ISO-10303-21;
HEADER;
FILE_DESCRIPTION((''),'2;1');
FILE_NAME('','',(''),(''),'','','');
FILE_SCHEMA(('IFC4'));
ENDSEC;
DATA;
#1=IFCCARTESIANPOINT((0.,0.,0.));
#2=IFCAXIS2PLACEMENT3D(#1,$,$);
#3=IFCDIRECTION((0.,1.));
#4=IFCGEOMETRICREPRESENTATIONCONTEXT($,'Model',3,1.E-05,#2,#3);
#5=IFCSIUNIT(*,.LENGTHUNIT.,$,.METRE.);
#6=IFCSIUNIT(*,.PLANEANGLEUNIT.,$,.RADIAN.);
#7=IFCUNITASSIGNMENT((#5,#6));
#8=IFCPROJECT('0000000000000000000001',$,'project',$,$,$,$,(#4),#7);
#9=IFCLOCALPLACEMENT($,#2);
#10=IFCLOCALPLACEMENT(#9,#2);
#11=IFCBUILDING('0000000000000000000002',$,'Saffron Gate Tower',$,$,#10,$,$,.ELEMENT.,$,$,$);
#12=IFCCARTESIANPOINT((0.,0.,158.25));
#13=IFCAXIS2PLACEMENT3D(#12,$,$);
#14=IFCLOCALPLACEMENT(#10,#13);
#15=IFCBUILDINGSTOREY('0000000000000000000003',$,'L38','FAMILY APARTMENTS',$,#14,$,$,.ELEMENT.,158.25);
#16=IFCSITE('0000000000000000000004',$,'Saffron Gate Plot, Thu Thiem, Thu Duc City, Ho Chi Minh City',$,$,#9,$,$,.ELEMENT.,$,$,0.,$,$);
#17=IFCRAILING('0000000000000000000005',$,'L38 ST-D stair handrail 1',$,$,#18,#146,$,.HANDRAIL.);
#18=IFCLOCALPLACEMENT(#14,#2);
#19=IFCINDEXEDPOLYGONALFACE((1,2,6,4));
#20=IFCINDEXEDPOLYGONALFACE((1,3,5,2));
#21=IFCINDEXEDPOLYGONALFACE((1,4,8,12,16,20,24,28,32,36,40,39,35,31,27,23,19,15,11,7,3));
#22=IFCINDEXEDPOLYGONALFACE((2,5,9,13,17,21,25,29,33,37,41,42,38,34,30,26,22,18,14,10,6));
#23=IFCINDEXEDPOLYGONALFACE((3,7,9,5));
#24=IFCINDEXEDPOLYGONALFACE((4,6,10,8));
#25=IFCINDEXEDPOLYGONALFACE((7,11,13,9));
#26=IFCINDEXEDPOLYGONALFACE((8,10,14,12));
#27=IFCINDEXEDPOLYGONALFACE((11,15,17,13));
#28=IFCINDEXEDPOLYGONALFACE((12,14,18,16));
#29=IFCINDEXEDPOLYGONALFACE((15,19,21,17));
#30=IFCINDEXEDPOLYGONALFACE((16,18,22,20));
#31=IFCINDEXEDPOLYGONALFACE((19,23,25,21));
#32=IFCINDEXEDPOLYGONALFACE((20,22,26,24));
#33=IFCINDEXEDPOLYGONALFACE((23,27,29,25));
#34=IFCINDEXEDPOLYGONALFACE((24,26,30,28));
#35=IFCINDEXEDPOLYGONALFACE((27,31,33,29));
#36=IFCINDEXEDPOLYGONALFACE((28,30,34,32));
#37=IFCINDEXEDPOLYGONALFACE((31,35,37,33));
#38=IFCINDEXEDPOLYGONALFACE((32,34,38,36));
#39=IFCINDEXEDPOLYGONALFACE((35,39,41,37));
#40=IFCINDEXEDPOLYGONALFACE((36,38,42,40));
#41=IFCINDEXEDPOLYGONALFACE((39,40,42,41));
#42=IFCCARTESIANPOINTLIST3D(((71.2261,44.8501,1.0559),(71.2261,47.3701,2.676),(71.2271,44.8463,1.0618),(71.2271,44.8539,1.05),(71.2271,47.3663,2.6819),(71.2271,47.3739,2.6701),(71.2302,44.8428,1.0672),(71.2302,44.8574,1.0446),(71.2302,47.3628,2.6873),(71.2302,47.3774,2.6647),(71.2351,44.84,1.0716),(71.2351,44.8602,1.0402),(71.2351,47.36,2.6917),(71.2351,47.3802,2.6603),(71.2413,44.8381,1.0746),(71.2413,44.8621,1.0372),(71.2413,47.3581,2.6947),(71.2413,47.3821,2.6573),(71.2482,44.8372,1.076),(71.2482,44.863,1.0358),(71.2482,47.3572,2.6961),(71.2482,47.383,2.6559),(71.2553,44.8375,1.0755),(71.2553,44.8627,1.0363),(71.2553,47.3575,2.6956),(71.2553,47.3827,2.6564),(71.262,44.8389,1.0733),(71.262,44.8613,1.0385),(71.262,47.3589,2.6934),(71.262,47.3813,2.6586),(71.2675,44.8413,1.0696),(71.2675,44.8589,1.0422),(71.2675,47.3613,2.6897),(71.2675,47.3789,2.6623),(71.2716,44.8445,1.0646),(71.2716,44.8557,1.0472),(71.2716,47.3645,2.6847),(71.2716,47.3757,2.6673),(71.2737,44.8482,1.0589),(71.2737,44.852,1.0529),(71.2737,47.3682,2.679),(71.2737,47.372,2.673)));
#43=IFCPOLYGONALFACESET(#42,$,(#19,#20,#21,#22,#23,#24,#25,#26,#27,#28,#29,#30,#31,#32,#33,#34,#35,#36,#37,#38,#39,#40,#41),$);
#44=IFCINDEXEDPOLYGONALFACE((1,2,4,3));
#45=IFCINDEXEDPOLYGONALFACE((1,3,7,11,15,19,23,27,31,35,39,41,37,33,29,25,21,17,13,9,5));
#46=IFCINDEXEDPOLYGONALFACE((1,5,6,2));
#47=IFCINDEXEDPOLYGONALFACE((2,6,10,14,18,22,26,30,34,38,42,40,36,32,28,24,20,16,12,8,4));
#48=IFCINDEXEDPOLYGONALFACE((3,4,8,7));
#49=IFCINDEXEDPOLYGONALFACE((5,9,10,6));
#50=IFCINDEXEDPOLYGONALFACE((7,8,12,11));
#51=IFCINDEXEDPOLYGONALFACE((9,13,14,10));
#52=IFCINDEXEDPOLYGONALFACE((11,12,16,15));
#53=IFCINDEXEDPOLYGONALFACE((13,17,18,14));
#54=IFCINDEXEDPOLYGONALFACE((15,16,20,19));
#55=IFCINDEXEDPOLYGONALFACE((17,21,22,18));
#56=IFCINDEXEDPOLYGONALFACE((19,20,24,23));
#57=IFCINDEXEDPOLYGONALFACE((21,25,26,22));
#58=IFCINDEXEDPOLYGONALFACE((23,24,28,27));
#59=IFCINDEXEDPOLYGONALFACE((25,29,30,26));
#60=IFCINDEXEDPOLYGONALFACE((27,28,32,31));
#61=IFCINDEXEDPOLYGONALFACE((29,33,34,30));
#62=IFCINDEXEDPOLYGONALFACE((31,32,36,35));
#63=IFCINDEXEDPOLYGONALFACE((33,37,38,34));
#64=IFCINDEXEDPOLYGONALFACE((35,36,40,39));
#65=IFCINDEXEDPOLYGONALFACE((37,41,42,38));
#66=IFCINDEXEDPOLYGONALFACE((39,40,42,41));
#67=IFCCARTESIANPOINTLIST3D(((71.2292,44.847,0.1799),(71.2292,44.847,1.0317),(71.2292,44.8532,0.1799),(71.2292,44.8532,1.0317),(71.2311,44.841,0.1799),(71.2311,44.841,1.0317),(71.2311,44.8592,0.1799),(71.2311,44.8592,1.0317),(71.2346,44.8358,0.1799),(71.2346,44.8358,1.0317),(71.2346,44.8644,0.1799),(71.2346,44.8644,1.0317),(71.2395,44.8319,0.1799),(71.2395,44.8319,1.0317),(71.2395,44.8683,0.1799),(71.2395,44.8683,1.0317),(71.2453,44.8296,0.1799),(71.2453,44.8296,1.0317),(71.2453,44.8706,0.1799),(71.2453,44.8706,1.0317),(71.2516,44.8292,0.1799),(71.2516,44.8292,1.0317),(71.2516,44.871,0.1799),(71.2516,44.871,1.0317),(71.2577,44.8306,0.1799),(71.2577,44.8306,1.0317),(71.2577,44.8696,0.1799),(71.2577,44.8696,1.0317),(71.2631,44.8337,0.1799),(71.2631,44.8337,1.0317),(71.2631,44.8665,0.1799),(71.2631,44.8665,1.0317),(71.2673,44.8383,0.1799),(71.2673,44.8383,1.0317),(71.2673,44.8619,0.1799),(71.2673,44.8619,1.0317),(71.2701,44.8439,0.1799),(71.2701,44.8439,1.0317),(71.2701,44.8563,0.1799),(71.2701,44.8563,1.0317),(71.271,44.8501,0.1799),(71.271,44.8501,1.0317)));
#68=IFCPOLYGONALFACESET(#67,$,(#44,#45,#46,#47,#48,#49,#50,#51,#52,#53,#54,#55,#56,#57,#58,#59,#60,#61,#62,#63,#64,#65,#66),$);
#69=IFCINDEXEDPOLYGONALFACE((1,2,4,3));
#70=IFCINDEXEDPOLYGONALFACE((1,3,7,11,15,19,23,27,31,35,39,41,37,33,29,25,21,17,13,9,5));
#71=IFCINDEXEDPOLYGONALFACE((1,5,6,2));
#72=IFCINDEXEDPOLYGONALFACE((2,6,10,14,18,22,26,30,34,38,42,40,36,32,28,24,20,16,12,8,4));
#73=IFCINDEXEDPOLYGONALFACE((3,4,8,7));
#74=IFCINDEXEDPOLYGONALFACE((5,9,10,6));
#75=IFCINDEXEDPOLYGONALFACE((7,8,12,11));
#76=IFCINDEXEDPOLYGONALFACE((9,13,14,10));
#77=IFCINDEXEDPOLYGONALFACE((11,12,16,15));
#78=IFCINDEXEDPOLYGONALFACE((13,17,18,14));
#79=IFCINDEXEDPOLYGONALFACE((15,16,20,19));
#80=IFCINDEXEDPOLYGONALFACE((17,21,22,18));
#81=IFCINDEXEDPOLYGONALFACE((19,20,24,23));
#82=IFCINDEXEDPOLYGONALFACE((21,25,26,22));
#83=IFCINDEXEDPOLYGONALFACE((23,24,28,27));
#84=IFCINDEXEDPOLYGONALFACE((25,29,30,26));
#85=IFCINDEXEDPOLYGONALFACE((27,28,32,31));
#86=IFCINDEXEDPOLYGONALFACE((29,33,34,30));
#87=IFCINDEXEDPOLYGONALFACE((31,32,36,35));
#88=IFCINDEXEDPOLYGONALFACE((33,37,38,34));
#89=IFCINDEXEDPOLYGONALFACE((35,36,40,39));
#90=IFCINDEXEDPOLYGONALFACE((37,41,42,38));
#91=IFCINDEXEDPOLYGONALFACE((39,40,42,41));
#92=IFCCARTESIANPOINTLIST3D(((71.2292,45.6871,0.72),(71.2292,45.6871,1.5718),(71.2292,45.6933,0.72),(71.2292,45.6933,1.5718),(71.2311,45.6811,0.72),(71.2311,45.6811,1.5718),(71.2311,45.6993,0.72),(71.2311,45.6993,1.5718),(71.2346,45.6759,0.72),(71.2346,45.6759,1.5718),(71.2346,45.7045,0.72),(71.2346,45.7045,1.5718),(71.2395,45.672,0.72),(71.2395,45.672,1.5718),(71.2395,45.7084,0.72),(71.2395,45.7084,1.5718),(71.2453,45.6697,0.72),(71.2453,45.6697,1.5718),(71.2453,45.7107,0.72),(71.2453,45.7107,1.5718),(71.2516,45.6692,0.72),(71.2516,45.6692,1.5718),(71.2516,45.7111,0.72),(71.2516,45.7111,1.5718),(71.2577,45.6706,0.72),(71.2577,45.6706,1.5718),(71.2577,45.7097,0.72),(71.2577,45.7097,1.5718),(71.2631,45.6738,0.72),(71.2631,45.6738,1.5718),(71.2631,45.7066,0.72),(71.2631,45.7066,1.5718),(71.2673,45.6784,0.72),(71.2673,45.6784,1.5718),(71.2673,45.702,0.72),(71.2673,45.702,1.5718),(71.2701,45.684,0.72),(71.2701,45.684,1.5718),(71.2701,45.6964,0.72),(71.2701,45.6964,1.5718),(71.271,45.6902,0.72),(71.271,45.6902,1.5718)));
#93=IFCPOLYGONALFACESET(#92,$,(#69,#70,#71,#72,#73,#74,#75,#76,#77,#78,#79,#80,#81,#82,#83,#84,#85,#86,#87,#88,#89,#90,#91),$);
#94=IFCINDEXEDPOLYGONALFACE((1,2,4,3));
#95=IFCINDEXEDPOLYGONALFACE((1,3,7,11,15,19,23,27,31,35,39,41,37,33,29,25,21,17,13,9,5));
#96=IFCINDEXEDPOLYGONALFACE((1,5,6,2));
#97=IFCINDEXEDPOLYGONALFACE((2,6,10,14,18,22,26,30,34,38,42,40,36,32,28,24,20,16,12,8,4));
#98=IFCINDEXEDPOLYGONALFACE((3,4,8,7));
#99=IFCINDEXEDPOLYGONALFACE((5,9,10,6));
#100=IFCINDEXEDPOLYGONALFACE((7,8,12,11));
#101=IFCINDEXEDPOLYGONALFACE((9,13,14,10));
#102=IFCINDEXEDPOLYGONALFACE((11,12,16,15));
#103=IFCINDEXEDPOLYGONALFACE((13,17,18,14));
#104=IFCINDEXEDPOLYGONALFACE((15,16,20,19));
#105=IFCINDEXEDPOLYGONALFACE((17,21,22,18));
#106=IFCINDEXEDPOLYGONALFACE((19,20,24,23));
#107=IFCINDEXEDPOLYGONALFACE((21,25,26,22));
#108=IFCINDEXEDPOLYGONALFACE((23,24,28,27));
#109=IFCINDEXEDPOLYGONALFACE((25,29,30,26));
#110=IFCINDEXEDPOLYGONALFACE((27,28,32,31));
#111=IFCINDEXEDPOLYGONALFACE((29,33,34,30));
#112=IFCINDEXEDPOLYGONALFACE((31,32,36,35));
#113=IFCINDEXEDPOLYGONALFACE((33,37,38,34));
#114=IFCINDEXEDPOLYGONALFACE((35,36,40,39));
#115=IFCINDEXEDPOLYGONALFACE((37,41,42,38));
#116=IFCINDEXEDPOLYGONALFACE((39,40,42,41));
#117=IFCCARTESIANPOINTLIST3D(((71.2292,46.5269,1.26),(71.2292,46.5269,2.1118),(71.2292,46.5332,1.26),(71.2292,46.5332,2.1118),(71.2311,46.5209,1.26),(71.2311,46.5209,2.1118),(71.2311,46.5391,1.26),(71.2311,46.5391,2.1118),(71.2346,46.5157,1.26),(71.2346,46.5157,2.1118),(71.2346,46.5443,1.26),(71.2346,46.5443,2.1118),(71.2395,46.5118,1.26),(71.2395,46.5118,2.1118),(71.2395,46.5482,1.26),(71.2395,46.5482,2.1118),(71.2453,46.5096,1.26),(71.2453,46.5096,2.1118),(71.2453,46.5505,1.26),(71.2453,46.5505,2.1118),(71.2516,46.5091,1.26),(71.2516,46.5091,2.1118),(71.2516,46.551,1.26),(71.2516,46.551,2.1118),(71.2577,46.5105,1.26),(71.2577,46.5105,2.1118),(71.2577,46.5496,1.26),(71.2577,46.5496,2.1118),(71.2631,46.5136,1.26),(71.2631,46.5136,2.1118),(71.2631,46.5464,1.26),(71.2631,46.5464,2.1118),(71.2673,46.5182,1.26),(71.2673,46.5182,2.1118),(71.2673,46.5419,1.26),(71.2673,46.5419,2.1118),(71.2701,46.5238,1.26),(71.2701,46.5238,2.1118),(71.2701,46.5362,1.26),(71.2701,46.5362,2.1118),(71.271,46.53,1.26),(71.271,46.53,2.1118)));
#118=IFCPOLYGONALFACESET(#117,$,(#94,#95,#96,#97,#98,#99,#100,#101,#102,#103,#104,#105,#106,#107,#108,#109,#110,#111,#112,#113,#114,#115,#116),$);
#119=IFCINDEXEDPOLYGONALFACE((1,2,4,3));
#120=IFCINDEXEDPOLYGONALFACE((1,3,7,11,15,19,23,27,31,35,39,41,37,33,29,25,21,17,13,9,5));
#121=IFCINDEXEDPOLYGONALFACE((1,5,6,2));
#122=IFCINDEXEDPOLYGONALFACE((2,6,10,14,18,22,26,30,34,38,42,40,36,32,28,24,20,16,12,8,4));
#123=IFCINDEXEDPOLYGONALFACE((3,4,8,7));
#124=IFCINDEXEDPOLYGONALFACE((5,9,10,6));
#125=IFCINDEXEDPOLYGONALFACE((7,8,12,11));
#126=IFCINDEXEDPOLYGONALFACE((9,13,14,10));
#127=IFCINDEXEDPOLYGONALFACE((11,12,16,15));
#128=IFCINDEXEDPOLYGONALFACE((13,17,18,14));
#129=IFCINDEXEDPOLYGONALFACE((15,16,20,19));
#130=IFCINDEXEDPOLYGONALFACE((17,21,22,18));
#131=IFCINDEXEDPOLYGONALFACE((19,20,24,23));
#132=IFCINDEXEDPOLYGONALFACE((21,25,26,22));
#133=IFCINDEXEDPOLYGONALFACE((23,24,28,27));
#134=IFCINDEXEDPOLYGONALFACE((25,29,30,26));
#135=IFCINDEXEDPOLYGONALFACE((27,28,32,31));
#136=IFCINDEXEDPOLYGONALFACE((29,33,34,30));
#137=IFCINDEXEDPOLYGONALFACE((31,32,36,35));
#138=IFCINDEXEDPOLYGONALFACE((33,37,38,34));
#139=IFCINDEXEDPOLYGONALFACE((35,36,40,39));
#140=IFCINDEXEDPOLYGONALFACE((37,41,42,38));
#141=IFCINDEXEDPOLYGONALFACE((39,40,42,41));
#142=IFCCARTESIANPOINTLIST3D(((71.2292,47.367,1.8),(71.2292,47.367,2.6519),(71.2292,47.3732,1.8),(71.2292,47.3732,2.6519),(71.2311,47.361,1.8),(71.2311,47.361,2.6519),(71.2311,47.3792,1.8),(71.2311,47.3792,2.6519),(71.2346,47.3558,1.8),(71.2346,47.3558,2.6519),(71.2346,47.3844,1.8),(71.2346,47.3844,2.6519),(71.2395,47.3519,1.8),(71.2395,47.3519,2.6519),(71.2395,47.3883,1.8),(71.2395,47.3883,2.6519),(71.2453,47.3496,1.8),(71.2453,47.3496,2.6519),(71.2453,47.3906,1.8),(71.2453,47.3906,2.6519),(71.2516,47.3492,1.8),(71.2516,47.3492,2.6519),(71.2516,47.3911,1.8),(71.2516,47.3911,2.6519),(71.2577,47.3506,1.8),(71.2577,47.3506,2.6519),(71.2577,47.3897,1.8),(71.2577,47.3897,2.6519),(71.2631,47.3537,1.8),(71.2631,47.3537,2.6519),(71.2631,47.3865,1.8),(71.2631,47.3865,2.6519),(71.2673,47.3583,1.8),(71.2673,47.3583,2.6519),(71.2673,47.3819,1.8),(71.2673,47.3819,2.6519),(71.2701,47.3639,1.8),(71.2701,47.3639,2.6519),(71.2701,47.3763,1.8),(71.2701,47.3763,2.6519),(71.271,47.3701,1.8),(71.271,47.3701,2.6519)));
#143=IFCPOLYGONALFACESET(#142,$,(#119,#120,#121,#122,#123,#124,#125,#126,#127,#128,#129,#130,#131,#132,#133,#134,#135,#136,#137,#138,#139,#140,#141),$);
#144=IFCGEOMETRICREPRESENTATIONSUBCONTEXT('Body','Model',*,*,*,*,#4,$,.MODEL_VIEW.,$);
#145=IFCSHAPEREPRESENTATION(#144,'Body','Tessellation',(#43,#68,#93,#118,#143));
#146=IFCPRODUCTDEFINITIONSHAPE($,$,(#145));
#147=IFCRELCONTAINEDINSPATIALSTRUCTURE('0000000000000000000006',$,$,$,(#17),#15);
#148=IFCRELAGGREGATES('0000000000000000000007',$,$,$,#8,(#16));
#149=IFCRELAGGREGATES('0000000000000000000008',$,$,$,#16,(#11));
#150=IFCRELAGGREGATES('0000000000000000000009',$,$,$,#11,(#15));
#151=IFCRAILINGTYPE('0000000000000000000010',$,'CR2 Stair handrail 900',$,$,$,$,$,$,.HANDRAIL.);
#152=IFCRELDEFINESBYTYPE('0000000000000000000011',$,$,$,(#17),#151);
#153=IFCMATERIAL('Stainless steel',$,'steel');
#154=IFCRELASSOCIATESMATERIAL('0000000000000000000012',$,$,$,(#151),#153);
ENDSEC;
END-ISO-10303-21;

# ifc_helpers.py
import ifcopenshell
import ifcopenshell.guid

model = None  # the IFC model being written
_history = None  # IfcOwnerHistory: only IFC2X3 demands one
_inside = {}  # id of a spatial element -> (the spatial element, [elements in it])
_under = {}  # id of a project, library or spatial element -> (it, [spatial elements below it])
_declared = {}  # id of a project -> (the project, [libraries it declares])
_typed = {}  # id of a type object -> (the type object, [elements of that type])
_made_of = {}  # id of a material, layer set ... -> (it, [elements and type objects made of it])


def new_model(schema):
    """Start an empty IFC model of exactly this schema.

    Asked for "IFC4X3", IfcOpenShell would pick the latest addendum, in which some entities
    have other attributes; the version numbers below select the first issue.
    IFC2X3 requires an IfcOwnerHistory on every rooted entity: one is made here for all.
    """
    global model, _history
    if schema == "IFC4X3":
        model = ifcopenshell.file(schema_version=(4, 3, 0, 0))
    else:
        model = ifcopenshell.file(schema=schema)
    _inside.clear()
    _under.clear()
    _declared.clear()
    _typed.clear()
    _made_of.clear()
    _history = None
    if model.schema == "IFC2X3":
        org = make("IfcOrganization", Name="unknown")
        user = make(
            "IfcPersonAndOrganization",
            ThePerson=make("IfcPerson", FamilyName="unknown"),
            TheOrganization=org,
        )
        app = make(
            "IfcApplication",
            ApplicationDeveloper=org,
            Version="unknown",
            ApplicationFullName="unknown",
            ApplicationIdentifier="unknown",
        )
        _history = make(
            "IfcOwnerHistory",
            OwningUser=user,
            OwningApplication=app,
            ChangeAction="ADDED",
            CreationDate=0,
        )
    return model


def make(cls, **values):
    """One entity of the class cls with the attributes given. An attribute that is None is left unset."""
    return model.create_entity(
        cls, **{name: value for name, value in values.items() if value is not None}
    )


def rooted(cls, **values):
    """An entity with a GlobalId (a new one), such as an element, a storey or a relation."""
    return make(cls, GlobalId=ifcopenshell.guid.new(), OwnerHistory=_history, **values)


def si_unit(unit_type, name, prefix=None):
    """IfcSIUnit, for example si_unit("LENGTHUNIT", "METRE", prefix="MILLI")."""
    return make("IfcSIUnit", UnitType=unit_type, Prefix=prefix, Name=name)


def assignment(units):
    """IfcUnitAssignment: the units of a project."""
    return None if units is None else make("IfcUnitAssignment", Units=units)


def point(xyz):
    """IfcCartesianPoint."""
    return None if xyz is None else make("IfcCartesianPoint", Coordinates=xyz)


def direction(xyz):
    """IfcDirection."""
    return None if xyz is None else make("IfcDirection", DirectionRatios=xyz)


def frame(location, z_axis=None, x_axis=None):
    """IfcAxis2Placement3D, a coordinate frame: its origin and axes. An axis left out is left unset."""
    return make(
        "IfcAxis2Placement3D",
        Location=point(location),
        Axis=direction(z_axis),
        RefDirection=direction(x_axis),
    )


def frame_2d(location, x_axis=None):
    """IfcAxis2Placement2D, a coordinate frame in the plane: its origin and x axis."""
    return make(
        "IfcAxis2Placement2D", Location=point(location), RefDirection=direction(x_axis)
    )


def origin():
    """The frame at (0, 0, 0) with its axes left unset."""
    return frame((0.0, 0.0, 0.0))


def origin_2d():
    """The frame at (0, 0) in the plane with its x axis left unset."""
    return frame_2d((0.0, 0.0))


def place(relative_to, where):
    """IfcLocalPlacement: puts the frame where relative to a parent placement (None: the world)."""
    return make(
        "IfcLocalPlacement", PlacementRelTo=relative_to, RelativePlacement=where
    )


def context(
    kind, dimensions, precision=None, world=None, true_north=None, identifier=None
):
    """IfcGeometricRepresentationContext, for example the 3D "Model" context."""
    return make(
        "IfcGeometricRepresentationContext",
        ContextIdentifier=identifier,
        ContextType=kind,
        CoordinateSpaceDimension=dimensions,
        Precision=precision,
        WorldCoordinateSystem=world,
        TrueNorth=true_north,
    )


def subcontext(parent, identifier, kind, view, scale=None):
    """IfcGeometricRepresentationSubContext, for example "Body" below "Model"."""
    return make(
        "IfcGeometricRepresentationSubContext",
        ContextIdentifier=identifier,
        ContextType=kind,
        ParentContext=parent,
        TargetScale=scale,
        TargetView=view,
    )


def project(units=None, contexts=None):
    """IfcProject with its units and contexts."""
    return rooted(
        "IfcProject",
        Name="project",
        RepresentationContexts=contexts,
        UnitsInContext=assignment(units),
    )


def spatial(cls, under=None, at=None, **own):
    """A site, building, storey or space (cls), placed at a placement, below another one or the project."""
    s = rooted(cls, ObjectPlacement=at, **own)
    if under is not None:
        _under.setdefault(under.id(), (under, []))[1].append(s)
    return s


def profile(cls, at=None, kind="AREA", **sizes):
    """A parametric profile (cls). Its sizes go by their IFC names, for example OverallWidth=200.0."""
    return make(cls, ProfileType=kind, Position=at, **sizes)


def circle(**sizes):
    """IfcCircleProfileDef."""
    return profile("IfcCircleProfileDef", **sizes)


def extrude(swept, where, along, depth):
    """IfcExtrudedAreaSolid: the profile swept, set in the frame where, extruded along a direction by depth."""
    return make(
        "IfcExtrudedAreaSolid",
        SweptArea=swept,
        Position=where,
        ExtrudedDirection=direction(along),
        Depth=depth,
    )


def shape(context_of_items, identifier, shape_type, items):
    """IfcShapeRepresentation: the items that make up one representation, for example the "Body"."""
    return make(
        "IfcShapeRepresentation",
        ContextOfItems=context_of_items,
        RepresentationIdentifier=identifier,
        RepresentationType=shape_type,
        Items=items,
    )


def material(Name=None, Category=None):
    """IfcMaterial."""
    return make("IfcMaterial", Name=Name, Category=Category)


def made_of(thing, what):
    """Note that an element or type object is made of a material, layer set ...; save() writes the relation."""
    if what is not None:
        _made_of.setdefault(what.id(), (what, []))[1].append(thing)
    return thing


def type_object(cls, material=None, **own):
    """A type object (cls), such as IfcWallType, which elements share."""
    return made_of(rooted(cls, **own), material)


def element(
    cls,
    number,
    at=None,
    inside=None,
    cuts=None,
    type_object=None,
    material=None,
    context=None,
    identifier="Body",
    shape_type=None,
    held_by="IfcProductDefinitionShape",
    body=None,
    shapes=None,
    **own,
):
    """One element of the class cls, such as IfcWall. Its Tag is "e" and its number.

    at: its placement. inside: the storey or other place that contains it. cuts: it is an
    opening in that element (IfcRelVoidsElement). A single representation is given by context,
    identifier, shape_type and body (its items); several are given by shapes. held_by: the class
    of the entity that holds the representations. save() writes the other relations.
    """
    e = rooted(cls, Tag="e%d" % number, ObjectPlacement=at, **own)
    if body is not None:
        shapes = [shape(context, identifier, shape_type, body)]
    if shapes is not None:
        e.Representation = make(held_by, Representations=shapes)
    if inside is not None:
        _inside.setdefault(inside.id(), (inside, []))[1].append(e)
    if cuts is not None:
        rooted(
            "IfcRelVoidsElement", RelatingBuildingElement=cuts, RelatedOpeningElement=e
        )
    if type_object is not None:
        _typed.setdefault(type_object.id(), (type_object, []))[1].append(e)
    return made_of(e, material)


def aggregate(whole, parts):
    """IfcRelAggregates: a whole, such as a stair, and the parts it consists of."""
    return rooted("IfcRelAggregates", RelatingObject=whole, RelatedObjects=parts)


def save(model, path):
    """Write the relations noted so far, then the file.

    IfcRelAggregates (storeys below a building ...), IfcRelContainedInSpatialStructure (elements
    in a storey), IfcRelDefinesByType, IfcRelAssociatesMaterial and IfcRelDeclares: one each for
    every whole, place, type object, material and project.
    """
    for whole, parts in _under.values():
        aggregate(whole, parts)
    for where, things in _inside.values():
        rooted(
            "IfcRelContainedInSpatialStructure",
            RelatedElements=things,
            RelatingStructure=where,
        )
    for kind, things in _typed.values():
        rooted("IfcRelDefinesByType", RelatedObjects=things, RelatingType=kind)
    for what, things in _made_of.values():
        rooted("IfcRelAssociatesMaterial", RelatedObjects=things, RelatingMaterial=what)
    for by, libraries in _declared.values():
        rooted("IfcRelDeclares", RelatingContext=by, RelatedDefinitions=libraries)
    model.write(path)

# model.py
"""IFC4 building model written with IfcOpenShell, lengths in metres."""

from ifc_helpers import new_model, si_unit, direction, frame, origin, origin_2d, place, context, subcontext, project, spatial, circle, extrude, material, type_object, element, save


model = new_model("IFC4")

# Units and contexts
model_context = context("Model", 3, precision=1e-05, world=origin(), true_north=direction((0.0, 1.0)))
body_context = subcontext(model_context, "Body", "Model", "MODEL_VIEW")
ifc_project = project(units=[si_unit("LENGTHUNIT", "METRE"), si_unit("PLANEANGLEUNIT", "RADIAN")], contexts=[model_context])

# Site, building, storey
site_placement = place(None, origin())
site = spatial("IfcSite", under=ifc_project, at=site_placement, Name="Saffron Gate Plot, Thu Thiem, Thu Duc City, Ho Chi Minh City", CompositionType="ELEMENT", RefElevation=0.0)
building_placement = place(site_placement, origin())
building = spatial("IfcBuilding", under=site, at=building_placement, Name="Saffron Gate Tower", CompositionType="ELEMENT")
storey_placement = place(building_placement, frame((0.0, 0.0, 158.25)))
storey = spatial("IfcBuildingStorey", under=building, at=storey_placement, Name="L38", Description="FAMILY APARTMENTS", CompositionType="ELEMENT", Elevation=158.25)

# Railing
ifc_material_1 = material(Name="Stainless steel", Category="steel")
railing_type_1 = type_object("IfcRailingType", Name="CR2 Stair handrail 900", PredefinedType="HANDRAIL", material=ifc_material_1)
railing_1_placement = place(storey_placement, frame((71.25, 44.8501, 0.1799)))
element("IfcRailing", 1, at=railing_1_placement, inside=storey, type_object=railing_type_1, Name="L38 ST-D stair handrail 1", PredefinedType="HANDRAIL", context=body_context, shape_type="SweptSolid", body=[
    extrude(circle(Radius=0.0239, at=origin_2d()), frame((0.0, 0.0, 0.876), z_axis=(0.0, 0.841163, 0.540782), x_axis=(-1.0, 0.0, 0.0)), (0.0, 0.0, 1.0), 2.9958),
    extrude(circle(Radius=0.021, at=origin_2d()), origin(), (0.0, 0.0, 1.0), 0.8518),
    extrude(circle(Radius=0.021, at=origin_2d()), frame((0.0, 0.8401, 0.54)), (0.0, 0.0, 1.0), 0.8518),
    extrude(circle(Radius=0.021, at=origin_2d()), frame((0.0, 1.6799, 1.0801)), (0.0, 0.0, 1.0), 0.8518),
    extrude(circle(Radius=0.021, at=origin_2d()), frame((0.0, 2.52, 1.6201)), (0.0, 0.0, 1.0), 0.8518),
])

save(model, "model.ifc")
